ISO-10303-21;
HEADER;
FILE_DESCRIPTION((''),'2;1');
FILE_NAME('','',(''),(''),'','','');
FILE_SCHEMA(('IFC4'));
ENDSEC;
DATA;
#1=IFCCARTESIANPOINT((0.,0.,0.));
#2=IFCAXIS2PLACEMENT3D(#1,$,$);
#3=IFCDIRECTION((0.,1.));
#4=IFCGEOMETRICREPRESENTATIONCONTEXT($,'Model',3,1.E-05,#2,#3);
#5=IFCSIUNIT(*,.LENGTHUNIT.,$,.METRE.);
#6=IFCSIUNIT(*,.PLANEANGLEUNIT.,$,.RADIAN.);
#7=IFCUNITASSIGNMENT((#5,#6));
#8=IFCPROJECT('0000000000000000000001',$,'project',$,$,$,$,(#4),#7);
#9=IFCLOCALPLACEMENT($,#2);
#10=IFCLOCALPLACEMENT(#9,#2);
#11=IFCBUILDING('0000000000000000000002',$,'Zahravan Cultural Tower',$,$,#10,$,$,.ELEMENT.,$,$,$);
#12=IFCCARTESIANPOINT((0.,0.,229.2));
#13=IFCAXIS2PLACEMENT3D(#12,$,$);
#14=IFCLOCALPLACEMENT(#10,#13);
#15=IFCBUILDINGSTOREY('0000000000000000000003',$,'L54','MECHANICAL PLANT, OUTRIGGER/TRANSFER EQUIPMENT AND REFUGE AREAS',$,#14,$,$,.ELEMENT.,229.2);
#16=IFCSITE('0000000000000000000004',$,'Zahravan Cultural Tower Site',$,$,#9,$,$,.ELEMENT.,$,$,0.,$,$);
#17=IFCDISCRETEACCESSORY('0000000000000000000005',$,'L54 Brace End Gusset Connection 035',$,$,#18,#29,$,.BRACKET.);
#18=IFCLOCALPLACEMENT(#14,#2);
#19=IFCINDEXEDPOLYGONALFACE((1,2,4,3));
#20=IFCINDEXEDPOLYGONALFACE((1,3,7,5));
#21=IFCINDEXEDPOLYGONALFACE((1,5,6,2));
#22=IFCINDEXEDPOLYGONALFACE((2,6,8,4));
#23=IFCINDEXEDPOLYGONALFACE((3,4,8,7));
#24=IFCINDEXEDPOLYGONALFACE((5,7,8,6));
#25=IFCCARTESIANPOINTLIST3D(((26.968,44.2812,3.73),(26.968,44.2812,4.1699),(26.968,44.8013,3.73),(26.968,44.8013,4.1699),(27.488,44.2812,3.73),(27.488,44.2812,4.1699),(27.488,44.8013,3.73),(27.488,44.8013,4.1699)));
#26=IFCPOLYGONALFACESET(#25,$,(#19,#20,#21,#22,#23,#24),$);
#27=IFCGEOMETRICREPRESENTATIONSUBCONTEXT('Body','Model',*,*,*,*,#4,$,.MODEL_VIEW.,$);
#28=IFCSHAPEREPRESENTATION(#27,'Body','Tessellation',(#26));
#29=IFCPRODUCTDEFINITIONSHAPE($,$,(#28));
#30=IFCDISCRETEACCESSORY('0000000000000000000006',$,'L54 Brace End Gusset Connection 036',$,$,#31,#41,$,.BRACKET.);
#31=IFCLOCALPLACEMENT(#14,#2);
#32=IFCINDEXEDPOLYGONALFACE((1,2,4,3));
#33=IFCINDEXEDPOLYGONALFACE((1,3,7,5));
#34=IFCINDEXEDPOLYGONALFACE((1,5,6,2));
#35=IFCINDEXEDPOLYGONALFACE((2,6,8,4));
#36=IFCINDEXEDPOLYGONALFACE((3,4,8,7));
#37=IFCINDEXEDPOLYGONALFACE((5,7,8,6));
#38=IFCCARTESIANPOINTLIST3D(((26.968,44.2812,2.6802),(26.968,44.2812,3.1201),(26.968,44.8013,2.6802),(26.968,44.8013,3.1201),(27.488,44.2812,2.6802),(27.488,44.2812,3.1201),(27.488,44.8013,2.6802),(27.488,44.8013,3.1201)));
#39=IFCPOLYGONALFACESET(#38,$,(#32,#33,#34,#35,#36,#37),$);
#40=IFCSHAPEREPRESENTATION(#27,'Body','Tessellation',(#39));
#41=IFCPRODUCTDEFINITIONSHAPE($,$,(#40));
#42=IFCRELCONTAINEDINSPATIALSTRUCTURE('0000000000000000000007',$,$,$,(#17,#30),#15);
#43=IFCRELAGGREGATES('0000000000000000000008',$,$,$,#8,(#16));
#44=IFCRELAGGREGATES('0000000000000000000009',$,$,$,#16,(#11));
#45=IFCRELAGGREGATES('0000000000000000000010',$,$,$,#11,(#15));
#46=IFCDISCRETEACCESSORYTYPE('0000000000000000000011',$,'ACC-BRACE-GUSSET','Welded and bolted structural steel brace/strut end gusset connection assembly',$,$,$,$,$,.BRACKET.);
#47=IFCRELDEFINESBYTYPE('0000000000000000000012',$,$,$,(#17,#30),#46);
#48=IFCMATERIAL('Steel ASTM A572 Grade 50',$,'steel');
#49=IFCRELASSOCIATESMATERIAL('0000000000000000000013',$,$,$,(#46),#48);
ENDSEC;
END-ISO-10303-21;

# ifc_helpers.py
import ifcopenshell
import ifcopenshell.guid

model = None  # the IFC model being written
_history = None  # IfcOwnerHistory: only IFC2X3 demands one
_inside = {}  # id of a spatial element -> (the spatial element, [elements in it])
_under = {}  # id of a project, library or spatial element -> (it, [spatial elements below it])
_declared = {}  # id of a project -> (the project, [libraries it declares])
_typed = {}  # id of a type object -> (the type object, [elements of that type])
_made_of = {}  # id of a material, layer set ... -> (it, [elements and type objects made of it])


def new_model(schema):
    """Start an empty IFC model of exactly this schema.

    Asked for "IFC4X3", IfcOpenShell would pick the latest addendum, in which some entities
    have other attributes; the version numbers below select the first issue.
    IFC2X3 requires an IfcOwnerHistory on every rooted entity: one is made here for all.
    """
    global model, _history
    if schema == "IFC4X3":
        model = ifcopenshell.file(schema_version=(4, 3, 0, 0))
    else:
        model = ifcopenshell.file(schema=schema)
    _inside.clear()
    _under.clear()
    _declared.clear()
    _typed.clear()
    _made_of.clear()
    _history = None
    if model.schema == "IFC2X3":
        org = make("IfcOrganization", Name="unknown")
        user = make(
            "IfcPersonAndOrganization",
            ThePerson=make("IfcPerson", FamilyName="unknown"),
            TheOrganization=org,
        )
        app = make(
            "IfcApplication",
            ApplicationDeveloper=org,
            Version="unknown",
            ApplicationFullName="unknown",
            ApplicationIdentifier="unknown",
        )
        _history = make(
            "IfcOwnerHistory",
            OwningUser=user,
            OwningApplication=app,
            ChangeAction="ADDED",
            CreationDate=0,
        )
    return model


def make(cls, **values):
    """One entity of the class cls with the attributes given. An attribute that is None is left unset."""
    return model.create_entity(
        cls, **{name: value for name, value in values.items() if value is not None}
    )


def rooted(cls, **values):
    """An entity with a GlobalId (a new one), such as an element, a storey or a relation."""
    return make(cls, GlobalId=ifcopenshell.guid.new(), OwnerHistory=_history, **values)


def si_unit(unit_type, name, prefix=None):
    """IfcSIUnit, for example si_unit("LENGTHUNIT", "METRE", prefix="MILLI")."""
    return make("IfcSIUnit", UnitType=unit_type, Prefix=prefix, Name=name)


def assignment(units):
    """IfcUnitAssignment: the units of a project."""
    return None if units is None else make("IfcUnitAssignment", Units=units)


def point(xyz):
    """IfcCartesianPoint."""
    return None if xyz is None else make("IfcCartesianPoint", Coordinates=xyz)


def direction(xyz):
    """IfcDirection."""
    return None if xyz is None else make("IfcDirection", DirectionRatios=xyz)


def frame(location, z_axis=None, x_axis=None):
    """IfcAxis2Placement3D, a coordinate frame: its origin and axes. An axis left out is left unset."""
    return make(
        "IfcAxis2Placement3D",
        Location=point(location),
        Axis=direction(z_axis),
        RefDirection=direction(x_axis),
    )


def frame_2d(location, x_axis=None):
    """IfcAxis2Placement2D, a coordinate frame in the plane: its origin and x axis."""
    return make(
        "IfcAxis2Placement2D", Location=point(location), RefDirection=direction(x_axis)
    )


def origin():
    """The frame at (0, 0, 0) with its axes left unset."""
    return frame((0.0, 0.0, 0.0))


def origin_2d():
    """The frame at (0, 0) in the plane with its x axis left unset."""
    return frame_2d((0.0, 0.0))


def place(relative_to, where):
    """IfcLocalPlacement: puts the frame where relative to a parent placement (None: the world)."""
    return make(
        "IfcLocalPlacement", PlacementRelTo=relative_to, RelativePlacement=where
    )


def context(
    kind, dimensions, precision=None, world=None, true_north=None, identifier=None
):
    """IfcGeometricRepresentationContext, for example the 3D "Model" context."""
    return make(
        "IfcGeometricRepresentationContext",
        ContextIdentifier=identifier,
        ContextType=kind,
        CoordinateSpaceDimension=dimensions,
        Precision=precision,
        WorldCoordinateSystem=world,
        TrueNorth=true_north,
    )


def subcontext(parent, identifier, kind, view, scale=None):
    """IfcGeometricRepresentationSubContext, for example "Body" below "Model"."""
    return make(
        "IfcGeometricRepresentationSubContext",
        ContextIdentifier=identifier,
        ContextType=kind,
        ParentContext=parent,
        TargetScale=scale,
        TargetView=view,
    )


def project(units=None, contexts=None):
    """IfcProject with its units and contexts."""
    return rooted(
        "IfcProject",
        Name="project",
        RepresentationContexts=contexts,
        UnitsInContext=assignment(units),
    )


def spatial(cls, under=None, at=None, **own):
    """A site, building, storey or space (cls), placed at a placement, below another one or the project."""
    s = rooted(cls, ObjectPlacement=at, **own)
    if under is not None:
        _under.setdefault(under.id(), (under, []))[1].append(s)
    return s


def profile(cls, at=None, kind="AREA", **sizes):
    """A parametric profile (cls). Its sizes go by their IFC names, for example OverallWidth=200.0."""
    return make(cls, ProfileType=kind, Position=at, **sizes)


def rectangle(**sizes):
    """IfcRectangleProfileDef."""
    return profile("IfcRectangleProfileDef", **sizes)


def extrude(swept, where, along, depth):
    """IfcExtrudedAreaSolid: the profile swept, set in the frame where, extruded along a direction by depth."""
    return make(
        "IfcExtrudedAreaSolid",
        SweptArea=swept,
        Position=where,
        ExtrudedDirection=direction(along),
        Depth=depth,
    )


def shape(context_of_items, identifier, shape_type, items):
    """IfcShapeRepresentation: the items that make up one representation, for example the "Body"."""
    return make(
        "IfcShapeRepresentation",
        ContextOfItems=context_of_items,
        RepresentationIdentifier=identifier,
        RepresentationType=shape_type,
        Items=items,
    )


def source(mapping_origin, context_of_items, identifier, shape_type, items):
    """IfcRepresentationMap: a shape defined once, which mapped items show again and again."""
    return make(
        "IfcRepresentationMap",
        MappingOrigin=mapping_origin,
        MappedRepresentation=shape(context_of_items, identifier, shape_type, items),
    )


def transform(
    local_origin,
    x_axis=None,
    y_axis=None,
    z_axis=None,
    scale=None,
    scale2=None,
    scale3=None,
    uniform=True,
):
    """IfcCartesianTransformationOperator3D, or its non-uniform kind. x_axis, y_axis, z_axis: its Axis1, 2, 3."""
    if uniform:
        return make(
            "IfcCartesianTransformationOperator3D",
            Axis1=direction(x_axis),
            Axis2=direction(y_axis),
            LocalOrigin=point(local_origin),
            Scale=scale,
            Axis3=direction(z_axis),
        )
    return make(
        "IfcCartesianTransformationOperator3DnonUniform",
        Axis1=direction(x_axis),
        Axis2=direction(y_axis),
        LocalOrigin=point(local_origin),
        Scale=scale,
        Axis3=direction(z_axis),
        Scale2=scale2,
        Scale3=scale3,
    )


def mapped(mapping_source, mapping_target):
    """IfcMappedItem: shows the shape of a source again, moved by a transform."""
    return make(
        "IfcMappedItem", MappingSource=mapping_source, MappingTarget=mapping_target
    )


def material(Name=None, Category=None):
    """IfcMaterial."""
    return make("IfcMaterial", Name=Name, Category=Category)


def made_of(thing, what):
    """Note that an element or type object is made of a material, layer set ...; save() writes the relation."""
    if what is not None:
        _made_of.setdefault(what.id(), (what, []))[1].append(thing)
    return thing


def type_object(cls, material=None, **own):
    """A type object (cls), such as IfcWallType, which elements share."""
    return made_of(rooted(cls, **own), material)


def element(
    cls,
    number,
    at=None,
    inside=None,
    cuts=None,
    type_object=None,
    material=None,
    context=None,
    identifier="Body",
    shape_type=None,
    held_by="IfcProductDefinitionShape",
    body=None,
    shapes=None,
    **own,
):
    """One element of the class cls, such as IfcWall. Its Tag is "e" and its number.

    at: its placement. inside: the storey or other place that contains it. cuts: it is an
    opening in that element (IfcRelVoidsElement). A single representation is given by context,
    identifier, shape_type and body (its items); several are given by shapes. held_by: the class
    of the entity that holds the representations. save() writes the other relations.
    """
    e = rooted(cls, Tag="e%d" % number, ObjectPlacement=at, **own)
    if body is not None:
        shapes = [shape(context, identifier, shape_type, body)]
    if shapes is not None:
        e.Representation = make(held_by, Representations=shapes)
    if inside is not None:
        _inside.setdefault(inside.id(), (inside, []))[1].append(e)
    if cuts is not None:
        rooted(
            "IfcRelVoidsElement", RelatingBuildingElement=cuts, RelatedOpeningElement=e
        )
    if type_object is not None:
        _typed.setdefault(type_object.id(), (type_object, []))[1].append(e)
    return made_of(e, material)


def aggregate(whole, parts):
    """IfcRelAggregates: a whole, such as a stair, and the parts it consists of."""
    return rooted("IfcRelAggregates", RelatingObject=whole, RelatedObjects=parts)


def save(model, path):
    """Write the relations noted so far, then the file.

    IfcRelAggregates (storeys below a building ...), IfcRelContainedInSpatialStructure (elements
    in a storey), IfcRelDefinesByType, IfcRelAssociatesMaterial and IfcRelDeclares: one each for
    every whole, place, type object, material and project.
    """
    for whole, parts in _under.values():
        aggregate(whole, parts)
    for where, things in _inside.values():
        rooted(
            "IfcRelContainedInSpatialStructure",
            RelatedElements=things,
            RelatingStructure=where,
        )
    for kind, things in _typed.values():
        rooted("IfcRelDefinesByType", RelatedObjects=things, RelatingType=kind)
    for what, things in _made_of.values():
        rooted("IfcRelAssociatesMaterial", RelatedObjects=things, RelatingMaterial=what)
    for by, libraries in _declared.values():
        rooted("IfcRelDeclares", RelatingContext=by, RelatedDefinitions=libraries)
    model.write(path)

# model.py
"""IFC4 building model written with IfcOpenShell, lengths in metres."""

from ifc_helpers import new_model, si_unit, direction, frame, origin, origin_2d, place, context, subcontext, project, spatial, rectangle, extrude, source, transform, mapped, material, type_object, element, save


model = new_model("IFC4")

# Units and contexts
model_context = context("Model", 3, precision=1e-05, world=origin(), true_north=direction((0.0, 1.0)))
body_context = subcontext(model_context, "Body", "Model", "MODEL_VIEW")
ifc_project = project(units=[si_unit("LENGTHUNIT", "METRE"), si_unit("PLANEANGLEUNIT", "RADIAN")], contexts=[model_context])

# Site, building, storey
site_placement = place(None, origin())
site = spatial("IfcSite", under=ifc_project, at=site_placement, Name="Zahravan Cultural Tower Site", CompositionType="ELEMENT", RefElevation=0.0)
building_placement = place(site_placement, origin())
building = spatial("IfcBuilding", under=site, at=building_placement, Name="Zahravan Cultural Tower", CompositionType="ELEMENT")
storey_placement = place(building_placement, frame((0.0, 0.0, 229.2)))
storey = spatial("IfcBuildingStorey", under=building, at=storey_placement, Name="L54", Description="MECHANICAL PLANT, OUTRIGGER/TRANSFER EQUIPMENT AND REFUGE AREAS", CompositionType="ELEMENT", Elevation=229.2)

# Shared definitions
ifc_material_1 = material(Name="Steel ASTM A572 Grade 50", Category="steel")

# Discrete accessories
discrete_accessory_type = type_object("IfcDiscreteAccessoryType", Name="ACC-BRACE-GUSSET", Description="Welded and bolted structural steel brace/strut end gusset connection assembly", PredefinedType="BRACKET", material=ifc_material_1)
shared_shape_1 = source(origin(), body_context, "Body", "SweptSolid", [
    extrude(rectangle(XDim=0.52, YDim=0.52, at=origin_2d()), origin(), (0.0, 0.0, 1.0), 0.4399),
])
for number, where, z_axis, x_axis, name in (
    (1, (27.228, 44.5413, 3.73), (0.0, 0.0, 1.0), (1.0, 0.0, 0.0), "L54 Brace End Gusset Connection 035"),
    (2, (27.228, 44.5413, 2.6802), (0.0, 0.0, 1.0), (1.0, 0.0, 0.0), "L54 Brace End Gusset Connection 036"),
):
    element("IfcDiscreteAccessory", number, at=place(storey_placement, frame(where, z_axis=z_axis, x_axis=x_axis)), inside=storey, type_object=discrete_accessory_type, Name=name, PredefinedType="BRACKET", context=body_context, shape_type="MappedRepresentation", body=[
        mapped(shared_shape_1, transform((0.0, 0.0, 0.0), x_axis=(1.0, 0.0, 0.0), y_axis=(0.0, 1.0, 0.0), z_axis=(0.0, 0.0, 1.0), scale=1.0)),
    ])

save(model, "model.ifc")
